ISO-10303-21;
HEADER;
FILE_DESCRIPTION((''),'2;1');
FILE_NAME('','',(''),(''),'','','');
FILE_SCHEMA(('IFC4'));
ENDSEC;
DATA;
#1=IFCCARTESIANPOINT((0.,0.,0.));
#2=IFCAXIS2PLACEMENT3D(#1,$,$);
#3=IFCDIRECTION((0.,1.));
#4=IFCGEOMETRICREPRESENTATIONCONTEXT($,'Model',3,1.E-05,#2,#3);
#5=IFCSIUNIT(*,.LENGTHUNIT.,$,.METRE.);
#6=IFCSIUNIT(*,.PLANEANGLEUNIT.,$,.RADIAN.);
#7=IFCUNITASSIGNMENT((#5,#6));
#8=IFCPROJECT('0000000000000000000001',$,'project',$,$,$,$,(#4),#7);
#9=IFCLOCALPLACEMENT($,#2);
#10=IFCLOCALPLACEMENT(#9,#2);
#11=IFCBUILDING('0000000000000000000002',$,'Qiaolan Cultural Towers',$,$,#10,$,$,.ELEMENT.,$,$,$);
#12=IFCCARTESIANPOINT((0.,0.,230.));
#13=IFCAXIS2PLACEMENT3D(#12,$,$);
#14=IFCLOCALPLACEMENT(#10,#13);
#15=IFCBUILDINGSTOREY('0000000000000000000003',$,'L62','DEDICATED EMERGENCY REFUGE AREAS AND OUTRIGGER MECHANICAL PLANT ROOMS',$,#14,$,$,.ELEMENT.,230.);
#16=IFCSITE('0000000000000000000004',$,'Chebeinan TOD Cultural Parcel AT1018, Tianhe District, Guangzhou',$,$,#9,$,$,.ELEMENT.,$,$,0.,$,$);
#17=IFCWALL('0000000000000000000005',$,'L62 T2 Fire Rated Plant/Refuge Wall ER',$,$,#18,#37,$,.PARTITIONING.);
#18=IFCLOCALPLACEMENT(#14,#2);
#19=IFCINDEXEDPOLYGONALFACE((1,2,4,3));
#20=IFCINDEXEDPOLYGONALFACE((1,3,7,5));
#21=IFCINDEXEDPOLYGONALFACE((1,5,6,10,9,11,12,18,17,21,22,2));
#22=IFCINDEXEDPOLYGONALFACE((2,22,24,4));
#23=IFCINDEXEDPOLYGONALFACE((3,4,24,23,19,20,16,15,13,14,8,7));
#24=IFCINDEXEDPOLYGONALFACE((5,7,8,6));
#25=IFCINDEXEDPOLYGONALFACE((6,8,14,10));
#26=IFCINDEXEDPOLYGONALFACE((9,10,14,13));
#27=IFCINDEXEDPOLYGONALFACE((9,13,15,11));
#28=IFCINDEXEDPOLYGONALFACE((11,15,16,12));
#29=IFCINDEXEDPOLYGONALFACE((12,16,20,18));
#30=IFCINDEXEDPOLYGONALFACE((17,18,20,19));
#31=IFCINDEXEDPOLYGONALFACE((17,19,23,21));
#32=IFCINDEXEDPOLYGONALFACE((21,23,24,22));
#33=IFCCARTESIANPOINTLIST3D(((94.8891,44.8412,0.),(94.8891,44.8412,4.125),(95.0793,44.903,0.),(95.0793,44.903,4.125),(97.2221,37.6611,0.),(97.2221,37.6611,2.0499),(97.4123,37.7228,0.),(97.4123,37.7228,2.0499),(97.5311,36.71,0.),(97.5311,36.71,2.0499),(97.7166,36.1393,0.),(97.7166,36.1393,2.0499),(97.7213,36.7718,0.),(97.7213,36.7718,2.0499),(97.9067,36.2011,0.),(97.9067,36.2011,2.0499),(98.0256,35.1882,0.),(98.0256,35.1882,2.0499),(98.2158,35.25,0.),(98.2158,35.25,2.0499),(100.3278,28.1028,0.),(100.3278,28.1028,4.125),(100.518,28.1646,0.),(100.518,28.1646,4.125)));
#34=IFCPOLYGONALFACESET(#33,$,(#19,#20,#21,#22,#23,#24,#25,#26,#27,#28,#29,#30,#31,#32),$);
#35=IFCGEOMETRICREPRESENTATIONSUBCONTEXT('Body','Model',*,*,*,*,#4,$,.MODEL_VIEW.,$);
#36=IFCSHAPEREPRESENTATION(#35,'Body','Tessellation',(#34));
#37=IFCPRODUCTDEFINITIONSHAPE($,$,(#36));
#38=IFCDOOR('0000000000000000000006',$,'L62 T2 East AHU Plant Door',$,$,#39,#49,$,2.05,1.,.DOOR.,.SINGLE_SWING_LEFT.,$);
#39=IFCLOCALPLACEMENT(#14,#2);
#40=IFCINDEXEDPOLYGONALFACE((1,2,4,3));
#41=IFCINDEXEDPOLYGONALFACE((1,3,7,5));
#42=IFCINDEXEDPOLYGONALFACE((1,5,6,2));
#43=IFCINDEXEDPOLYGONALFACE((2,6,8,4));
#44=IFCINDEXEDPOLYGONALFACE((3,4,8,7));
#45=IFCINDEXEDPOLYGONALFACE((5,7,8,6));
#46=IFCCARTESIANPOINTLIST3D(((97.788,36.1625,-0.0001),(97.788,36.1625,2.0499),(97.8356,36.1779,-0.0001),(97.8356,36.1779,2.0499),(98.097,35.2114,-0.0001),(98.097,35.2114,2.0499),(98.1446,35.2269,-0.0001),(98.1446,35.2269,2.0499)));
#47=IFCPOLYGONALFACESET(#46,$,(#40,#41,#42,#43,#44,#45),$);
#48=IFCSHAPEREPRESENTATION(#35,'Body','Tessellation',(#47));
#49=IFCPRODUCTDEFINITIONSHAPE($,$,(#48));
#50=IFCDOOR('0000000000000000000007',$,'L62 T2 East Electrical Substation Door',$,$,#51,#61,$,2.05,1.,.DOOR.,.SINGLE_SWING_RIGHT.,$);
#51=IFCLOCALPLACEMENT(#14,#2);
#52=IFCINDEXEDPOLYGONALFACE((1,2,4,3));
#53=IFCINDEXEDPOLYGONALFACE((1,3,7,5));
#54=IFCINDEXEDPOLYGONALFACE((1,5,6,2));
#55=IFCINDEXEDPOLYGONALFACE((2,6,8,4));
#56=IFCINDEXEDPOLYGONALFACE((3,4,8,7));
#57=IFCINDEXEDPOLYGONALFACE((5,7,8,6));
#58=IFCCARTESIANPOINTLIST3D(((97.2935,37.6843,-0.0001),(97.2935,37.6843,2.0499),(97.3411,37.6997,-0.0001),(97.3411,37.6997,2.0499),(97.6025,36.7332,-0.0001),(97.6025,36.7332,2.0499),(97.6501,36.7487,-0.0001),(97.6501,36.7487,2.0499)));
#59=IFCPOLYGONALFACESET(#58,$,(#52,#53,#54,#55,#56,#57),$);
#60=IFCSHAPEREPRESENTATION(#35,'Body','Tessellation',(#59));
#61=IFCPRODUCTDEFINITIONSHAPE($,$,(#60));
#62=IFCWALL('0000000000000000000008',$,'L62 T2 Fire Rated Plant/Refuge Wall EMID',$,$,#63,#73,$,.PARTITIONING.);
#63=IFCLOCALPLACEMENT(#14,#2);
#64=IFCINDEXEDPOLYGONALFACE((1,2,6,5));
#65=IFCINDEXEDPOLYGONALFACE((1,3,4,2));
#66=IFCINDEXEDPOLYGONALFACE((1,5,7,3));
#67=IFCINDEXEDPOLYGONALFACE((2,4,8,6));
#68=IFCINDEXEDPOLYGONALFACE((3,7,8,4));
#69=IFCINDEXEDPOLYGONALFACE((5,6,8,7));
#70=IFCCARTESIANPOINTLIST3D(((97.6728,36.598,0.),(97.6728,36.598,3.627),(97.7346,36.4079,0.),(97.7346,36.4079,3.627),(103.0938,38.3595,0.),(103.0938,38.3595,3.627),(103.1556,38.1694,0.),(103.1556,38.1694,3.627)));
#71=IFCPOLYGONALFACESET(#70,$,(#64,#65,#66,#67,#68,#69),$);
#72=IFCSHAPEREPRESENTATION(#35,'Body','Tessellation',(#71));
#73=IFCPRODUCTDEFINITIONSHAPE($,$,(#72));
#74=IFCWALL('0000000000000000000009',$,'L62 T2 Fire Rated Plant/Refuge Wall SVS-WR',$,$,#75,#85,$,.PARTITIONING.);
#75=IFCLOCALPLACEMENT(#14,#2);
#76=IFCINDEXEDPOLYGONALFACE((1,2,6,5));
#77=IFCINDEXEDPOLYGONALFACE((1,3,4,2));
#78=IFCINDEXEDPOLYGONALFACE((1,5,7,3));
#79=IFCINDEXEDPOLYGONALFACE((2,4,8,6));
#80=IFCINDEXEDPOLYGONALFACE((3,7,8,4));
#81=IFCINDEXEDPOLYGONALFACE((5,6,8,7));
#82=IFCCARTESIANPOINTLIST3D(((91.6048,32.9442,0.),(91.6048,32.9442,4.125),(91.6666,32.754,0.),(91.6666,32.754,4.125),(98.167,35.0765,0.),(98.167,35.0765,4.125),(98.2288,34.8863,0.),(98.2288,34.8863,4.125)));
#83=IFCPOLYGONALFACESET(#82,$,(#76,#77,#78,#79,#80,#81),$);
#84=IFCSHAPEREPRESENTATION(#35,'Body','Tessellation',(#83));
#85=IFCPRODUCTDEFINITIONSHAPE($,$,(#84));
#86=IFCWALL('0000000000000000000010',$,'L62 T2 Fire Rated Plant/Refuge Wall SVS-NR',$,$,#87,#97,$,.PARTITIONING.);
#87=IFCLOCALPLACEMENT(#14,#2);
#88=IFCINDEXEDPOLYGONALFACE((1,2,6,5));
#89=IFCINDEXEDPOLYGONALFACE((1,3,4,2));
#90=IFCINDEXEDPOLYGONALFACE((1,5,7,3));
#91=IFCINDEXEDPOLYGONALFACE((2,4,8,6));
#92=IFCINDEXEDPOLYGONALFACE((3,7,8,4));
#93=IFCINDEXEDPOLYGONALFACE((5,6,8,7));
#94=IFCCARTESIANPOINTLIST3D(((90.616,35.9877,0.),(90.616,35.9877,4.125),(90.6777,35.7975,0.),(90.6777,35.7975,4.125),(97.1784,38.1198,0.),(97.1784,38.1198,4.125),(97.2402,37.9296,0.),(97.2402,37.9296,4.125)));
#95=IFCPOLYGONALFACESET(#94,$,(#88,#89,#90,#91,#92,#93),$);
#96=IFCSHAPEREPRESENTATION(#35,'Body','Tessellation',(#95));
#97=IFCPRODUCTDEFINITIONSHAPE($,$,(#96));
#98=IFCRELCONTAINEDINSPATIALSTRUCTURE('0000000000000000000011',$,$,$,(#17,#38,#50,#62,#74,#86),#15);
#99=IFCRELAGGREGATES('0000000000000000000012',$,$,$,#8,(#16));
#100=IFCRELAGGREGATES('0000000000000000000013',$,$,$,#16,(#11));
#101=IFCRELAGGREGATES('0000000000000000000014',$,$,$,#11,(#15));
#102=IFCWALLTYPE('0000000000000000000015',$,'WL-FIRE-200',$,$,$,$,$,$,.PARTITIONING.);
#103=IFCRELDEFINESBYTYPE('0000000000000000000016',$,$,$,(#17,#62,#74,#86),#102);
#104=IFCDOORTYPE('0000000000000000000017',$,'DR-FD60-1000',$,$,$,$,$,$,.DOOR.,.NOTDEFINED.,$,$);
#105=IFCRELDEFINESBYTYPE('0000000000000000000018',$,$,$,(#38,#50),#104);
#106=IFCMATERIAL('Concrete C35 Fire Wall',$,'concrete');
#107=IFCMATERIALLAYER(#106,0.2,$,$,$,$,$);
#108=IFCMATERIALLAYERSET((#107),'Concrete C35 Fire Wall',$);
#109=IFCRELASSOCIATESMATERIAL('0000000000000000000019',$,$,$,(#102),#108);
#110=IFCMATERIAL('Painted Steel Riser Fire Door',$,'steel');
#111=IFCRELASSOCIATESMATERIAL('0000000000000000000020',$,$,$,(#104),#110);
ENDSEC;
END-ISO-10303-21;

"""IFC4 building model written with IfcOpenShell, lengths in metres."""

from ifc_helpers import new_model, si_unit, direction, frame, frame_2d, origin, place, context, subcontext, project, spatial, rectangle, extrude, material, layer, layer_set, type_object, element, fill, save


model = new_model("IFC4")

# Units and contexts
model_context = context("Model", 3, precision=1e-05, world=origin(), true_north=direction((0.0, 1.0)))
body_context = subcontext(model_context, "Body", "Model", "MODEL_VIEW")
ifc_project = project(units=[si_unit("LENGTHUNIT", "METRE"), si_unit("PLANEANGLEUNIT", "RADIAN")], contexts=[model_context])

# Site, building, storey
site_placement = place(None, origin())
site = spatial("IfcSite", under=ifc_project, at=site_placement, Name="Chebeinan TOD Cultural Parcel AT1018, Tianhe District, Guangzhou", CompositionType="ELEMENT", RefElevation=0.0)
building_placement = place(site_placement, origin())
building = spatial("IfcBuilding", under=site, at=building_placement, Name="Qiaolan Cultural Towers", CompositionType="ELEMENT")
storey_placement = place(building_placement, frame((0.0, 0.0, 230.0)))
storey = spatial("IfcBuildingStorey", under=building, at=storey_placement, Name="L62", Description="DEDICATED EMERGENCY REFUGE AREAS AND OUTRIGGER MECHANICAL PLANT ROOMS", CompositionType="ELEMENT", Elevation=230.0)

# Wall, openings, doors
ifc_material_1 = material(Name="Concrete C35 Fire Wall", Category="concrete")
ifc_layer_1 = layer(ifc_material_1, 0.2)
ifc_layer_set_1 = layer_set([ifc_layer_1], Name="Concrete C35 Fire Wall")
wall_type = type_object("IfcWallType", Name="WL-FIRE-200", PredefinedType="PARTITIONING", material=ifc_layer_set_1)
wall_1_placement = place(storey_placement, frame((100.4229, 28.1338, 0.0), z_axis=(0.0, 0.0, 1.0), x_axis=(-0.309019, 0.951056, 0.0)))
wall_1 = element("IfcWall", 1, at=wall_1_placement, inside=storey, type_object=wall_type, Name="L62 T2 Fire Rated Plant/Refuge Wall ER", PredefinedType="PARTITIONING", context=body_context, shape_type="SweptSolid", body=[
    extrude(rectangle(XDim=17.5999, YDim=0.2, at=frame_2d((8.7998, 0.0))), origin(), (0.0, 0.0, 1.0), 4.125),
])
opening_1_placement = place(wall_1_placement, frame((7.45, 0.0, 0.0)))
opening_1 = element("IfcOpeningElement", 2, at=opening_1_placement, cuts=wall_1, PredefinedType="OPENING", context=body_context, shape_type="SweptSolid", body=[
    extrude(rectangle(XDim=1.0, YDim=2.05, at=frame_2d((0.5, 1.0249))), frame((0.0, 0.1099, 0.0), z_axis=(0.0, -1.0, 0.0), x_axis=(1.0, 0.0, 0.0)), (0.0, 0.0, 1.0), 0.22),
])
opening_2_placement = place(wall_1_placement, frame((9.05, 0.0, 0.0)))
opening_2 = element("IfcOpeningElement", 3, at=opening_2_placement, cuts=wall_1, PredefinedType="OPENING", context=body_context, shape_type="SweptSolid", body=[
    extrude(rectangle(XDim=1.0, YDim=2.05, at=frame_2d((0.5, 1.0249))), frame((0.0, 0.1099, 0.0), z_axis=(0.0, -1.0, 0.0), x_axis=(1.0, 0.0, 0.0)), (0.0, 0.0, 1.0), 0.22),
])
ifc_material_2 = material(Name="Painted Steel Riser Fire Door", Category="steel")
door_type = type_object("IfcDoorType", Name="DR-FD60-1000", OperationType="NOTDEFINED", PredefinedType="DOOR", material=ifc_material_2)
door_1_placement = place(opening_1_placement, origin())
door_1 = element("IfcDoor", 4, at=door_1_placement, inside=storey, type_object=door_type, Name="L62 T2 East AHU Plant Door", OperationType="SINGLE_SWING_LEFT", OverallHeight=2.05, OverallWidth=1.0, PredefinedType="DOOR", context=body_context, shape_type="SweptSolid", body=[
    extrude(rectangle(XDim=1.0, YDim=2.05, at=frame_2d((0.5, 1.0249))), frame((0.0, 0.0249, 0.0), z_axis=(0.0, -1.0, 0.0), x_axis=(1.0, 0.0, 0.0)), (0.0, 0.0, 1.0), 0.05),
])
fill(opening_1, door_1)
door_2_placement = place(opening_2_placement, origin())
door_2 = element("IfcDoor", 5, at=door_2_placement, inside=storey, type_object=door_type, Name="L62 T2 East Electrical Substation Door", OperationType="SINGLE_SWING_RIGHT", OverallHeight=2.05, OverallWidth=1.0, PredefinedType="DOOR", context=body_context, shape_type="SweptSolid", body=[
    extrude(rectangle(XDim=1.0, YDim=2.05, at=frame_2d((0.5, 1.0249))), frame((0.0, 0.0249, 0.0), z_axis=(0.0, -1.0, 0.0), x_axis=(1.0, 0.0, 0.0)), (0.0, 0.0, 1.0), 0.05),
])
fill(opening_2, door_2)

# Walls
wall_2_placement = place(storey_placement, frame((97.7036, 36.5029, 0.0), z_axis=(0.0, 0.0, 1.0), x_axis=(0.95105, 0.309036, 0.0)))
element("IfcWall", 6, at=wall_2_placement, inside=storey, type_object=wall_type, Name="L62 T2 Fire Rated Plant/Refuge Wall EMID", PredefinedType="PARTITIONING", context=body_context, shape_type="SweptSolid", body=[
    extrude(rectangle(XDim=5.7, YDim=0.2, at=frame_2d((2.8501, 0.0))), origin(), (0.0, 0.0, 1.0), 3.627),
])
wall_3_placement = place(storey_placement, frame((91.6357, 32.8491, 0.0), z_axis=(0.0, 0.0, 1.0), x_axis=(0.951051, 0.309032, 0.0)))
element("IfcWall", 7, at=wall_3_placement, inside=storey, type_object=wall_type, Name="L62 T2 Fire Rated Plant/Refuge Wall SVS-WR", PredefinedType="PARTITIONING", context=body_context, shape_type="SweptSolid", body=[
    extrude(rectangle(XDim=6.8999, YDim=0.2, at=frame_2d((3.45, 0.0))), origin(), (0.0, 0.0, 1.0), 4.125),
])
wall_4_placement = place(storey_placement, frame((90.6467, 35.8926, 0.0), z_axis=(0.0, 0.0, 1.0), x_axis=(0.951065, 0.30899, 0.0)))
element("IfcWall", 8, at=wall_4_placement, inside=storey, type_object=wall_type, Name="L62 T2 Fire Rated Plant/Refuge Wall SVS-NR", PredefinedType="PARTITIONING", context=body_context, shape_type="SweptSolid", body=[
    extrude(rectangle(XDim=6.9001, YDim=0.2, at=frame_2d((3.4502, 0.0))), origin(), (0.0, 0.0, 1.0), 4.125),
])

save(model, "model.ifc")
